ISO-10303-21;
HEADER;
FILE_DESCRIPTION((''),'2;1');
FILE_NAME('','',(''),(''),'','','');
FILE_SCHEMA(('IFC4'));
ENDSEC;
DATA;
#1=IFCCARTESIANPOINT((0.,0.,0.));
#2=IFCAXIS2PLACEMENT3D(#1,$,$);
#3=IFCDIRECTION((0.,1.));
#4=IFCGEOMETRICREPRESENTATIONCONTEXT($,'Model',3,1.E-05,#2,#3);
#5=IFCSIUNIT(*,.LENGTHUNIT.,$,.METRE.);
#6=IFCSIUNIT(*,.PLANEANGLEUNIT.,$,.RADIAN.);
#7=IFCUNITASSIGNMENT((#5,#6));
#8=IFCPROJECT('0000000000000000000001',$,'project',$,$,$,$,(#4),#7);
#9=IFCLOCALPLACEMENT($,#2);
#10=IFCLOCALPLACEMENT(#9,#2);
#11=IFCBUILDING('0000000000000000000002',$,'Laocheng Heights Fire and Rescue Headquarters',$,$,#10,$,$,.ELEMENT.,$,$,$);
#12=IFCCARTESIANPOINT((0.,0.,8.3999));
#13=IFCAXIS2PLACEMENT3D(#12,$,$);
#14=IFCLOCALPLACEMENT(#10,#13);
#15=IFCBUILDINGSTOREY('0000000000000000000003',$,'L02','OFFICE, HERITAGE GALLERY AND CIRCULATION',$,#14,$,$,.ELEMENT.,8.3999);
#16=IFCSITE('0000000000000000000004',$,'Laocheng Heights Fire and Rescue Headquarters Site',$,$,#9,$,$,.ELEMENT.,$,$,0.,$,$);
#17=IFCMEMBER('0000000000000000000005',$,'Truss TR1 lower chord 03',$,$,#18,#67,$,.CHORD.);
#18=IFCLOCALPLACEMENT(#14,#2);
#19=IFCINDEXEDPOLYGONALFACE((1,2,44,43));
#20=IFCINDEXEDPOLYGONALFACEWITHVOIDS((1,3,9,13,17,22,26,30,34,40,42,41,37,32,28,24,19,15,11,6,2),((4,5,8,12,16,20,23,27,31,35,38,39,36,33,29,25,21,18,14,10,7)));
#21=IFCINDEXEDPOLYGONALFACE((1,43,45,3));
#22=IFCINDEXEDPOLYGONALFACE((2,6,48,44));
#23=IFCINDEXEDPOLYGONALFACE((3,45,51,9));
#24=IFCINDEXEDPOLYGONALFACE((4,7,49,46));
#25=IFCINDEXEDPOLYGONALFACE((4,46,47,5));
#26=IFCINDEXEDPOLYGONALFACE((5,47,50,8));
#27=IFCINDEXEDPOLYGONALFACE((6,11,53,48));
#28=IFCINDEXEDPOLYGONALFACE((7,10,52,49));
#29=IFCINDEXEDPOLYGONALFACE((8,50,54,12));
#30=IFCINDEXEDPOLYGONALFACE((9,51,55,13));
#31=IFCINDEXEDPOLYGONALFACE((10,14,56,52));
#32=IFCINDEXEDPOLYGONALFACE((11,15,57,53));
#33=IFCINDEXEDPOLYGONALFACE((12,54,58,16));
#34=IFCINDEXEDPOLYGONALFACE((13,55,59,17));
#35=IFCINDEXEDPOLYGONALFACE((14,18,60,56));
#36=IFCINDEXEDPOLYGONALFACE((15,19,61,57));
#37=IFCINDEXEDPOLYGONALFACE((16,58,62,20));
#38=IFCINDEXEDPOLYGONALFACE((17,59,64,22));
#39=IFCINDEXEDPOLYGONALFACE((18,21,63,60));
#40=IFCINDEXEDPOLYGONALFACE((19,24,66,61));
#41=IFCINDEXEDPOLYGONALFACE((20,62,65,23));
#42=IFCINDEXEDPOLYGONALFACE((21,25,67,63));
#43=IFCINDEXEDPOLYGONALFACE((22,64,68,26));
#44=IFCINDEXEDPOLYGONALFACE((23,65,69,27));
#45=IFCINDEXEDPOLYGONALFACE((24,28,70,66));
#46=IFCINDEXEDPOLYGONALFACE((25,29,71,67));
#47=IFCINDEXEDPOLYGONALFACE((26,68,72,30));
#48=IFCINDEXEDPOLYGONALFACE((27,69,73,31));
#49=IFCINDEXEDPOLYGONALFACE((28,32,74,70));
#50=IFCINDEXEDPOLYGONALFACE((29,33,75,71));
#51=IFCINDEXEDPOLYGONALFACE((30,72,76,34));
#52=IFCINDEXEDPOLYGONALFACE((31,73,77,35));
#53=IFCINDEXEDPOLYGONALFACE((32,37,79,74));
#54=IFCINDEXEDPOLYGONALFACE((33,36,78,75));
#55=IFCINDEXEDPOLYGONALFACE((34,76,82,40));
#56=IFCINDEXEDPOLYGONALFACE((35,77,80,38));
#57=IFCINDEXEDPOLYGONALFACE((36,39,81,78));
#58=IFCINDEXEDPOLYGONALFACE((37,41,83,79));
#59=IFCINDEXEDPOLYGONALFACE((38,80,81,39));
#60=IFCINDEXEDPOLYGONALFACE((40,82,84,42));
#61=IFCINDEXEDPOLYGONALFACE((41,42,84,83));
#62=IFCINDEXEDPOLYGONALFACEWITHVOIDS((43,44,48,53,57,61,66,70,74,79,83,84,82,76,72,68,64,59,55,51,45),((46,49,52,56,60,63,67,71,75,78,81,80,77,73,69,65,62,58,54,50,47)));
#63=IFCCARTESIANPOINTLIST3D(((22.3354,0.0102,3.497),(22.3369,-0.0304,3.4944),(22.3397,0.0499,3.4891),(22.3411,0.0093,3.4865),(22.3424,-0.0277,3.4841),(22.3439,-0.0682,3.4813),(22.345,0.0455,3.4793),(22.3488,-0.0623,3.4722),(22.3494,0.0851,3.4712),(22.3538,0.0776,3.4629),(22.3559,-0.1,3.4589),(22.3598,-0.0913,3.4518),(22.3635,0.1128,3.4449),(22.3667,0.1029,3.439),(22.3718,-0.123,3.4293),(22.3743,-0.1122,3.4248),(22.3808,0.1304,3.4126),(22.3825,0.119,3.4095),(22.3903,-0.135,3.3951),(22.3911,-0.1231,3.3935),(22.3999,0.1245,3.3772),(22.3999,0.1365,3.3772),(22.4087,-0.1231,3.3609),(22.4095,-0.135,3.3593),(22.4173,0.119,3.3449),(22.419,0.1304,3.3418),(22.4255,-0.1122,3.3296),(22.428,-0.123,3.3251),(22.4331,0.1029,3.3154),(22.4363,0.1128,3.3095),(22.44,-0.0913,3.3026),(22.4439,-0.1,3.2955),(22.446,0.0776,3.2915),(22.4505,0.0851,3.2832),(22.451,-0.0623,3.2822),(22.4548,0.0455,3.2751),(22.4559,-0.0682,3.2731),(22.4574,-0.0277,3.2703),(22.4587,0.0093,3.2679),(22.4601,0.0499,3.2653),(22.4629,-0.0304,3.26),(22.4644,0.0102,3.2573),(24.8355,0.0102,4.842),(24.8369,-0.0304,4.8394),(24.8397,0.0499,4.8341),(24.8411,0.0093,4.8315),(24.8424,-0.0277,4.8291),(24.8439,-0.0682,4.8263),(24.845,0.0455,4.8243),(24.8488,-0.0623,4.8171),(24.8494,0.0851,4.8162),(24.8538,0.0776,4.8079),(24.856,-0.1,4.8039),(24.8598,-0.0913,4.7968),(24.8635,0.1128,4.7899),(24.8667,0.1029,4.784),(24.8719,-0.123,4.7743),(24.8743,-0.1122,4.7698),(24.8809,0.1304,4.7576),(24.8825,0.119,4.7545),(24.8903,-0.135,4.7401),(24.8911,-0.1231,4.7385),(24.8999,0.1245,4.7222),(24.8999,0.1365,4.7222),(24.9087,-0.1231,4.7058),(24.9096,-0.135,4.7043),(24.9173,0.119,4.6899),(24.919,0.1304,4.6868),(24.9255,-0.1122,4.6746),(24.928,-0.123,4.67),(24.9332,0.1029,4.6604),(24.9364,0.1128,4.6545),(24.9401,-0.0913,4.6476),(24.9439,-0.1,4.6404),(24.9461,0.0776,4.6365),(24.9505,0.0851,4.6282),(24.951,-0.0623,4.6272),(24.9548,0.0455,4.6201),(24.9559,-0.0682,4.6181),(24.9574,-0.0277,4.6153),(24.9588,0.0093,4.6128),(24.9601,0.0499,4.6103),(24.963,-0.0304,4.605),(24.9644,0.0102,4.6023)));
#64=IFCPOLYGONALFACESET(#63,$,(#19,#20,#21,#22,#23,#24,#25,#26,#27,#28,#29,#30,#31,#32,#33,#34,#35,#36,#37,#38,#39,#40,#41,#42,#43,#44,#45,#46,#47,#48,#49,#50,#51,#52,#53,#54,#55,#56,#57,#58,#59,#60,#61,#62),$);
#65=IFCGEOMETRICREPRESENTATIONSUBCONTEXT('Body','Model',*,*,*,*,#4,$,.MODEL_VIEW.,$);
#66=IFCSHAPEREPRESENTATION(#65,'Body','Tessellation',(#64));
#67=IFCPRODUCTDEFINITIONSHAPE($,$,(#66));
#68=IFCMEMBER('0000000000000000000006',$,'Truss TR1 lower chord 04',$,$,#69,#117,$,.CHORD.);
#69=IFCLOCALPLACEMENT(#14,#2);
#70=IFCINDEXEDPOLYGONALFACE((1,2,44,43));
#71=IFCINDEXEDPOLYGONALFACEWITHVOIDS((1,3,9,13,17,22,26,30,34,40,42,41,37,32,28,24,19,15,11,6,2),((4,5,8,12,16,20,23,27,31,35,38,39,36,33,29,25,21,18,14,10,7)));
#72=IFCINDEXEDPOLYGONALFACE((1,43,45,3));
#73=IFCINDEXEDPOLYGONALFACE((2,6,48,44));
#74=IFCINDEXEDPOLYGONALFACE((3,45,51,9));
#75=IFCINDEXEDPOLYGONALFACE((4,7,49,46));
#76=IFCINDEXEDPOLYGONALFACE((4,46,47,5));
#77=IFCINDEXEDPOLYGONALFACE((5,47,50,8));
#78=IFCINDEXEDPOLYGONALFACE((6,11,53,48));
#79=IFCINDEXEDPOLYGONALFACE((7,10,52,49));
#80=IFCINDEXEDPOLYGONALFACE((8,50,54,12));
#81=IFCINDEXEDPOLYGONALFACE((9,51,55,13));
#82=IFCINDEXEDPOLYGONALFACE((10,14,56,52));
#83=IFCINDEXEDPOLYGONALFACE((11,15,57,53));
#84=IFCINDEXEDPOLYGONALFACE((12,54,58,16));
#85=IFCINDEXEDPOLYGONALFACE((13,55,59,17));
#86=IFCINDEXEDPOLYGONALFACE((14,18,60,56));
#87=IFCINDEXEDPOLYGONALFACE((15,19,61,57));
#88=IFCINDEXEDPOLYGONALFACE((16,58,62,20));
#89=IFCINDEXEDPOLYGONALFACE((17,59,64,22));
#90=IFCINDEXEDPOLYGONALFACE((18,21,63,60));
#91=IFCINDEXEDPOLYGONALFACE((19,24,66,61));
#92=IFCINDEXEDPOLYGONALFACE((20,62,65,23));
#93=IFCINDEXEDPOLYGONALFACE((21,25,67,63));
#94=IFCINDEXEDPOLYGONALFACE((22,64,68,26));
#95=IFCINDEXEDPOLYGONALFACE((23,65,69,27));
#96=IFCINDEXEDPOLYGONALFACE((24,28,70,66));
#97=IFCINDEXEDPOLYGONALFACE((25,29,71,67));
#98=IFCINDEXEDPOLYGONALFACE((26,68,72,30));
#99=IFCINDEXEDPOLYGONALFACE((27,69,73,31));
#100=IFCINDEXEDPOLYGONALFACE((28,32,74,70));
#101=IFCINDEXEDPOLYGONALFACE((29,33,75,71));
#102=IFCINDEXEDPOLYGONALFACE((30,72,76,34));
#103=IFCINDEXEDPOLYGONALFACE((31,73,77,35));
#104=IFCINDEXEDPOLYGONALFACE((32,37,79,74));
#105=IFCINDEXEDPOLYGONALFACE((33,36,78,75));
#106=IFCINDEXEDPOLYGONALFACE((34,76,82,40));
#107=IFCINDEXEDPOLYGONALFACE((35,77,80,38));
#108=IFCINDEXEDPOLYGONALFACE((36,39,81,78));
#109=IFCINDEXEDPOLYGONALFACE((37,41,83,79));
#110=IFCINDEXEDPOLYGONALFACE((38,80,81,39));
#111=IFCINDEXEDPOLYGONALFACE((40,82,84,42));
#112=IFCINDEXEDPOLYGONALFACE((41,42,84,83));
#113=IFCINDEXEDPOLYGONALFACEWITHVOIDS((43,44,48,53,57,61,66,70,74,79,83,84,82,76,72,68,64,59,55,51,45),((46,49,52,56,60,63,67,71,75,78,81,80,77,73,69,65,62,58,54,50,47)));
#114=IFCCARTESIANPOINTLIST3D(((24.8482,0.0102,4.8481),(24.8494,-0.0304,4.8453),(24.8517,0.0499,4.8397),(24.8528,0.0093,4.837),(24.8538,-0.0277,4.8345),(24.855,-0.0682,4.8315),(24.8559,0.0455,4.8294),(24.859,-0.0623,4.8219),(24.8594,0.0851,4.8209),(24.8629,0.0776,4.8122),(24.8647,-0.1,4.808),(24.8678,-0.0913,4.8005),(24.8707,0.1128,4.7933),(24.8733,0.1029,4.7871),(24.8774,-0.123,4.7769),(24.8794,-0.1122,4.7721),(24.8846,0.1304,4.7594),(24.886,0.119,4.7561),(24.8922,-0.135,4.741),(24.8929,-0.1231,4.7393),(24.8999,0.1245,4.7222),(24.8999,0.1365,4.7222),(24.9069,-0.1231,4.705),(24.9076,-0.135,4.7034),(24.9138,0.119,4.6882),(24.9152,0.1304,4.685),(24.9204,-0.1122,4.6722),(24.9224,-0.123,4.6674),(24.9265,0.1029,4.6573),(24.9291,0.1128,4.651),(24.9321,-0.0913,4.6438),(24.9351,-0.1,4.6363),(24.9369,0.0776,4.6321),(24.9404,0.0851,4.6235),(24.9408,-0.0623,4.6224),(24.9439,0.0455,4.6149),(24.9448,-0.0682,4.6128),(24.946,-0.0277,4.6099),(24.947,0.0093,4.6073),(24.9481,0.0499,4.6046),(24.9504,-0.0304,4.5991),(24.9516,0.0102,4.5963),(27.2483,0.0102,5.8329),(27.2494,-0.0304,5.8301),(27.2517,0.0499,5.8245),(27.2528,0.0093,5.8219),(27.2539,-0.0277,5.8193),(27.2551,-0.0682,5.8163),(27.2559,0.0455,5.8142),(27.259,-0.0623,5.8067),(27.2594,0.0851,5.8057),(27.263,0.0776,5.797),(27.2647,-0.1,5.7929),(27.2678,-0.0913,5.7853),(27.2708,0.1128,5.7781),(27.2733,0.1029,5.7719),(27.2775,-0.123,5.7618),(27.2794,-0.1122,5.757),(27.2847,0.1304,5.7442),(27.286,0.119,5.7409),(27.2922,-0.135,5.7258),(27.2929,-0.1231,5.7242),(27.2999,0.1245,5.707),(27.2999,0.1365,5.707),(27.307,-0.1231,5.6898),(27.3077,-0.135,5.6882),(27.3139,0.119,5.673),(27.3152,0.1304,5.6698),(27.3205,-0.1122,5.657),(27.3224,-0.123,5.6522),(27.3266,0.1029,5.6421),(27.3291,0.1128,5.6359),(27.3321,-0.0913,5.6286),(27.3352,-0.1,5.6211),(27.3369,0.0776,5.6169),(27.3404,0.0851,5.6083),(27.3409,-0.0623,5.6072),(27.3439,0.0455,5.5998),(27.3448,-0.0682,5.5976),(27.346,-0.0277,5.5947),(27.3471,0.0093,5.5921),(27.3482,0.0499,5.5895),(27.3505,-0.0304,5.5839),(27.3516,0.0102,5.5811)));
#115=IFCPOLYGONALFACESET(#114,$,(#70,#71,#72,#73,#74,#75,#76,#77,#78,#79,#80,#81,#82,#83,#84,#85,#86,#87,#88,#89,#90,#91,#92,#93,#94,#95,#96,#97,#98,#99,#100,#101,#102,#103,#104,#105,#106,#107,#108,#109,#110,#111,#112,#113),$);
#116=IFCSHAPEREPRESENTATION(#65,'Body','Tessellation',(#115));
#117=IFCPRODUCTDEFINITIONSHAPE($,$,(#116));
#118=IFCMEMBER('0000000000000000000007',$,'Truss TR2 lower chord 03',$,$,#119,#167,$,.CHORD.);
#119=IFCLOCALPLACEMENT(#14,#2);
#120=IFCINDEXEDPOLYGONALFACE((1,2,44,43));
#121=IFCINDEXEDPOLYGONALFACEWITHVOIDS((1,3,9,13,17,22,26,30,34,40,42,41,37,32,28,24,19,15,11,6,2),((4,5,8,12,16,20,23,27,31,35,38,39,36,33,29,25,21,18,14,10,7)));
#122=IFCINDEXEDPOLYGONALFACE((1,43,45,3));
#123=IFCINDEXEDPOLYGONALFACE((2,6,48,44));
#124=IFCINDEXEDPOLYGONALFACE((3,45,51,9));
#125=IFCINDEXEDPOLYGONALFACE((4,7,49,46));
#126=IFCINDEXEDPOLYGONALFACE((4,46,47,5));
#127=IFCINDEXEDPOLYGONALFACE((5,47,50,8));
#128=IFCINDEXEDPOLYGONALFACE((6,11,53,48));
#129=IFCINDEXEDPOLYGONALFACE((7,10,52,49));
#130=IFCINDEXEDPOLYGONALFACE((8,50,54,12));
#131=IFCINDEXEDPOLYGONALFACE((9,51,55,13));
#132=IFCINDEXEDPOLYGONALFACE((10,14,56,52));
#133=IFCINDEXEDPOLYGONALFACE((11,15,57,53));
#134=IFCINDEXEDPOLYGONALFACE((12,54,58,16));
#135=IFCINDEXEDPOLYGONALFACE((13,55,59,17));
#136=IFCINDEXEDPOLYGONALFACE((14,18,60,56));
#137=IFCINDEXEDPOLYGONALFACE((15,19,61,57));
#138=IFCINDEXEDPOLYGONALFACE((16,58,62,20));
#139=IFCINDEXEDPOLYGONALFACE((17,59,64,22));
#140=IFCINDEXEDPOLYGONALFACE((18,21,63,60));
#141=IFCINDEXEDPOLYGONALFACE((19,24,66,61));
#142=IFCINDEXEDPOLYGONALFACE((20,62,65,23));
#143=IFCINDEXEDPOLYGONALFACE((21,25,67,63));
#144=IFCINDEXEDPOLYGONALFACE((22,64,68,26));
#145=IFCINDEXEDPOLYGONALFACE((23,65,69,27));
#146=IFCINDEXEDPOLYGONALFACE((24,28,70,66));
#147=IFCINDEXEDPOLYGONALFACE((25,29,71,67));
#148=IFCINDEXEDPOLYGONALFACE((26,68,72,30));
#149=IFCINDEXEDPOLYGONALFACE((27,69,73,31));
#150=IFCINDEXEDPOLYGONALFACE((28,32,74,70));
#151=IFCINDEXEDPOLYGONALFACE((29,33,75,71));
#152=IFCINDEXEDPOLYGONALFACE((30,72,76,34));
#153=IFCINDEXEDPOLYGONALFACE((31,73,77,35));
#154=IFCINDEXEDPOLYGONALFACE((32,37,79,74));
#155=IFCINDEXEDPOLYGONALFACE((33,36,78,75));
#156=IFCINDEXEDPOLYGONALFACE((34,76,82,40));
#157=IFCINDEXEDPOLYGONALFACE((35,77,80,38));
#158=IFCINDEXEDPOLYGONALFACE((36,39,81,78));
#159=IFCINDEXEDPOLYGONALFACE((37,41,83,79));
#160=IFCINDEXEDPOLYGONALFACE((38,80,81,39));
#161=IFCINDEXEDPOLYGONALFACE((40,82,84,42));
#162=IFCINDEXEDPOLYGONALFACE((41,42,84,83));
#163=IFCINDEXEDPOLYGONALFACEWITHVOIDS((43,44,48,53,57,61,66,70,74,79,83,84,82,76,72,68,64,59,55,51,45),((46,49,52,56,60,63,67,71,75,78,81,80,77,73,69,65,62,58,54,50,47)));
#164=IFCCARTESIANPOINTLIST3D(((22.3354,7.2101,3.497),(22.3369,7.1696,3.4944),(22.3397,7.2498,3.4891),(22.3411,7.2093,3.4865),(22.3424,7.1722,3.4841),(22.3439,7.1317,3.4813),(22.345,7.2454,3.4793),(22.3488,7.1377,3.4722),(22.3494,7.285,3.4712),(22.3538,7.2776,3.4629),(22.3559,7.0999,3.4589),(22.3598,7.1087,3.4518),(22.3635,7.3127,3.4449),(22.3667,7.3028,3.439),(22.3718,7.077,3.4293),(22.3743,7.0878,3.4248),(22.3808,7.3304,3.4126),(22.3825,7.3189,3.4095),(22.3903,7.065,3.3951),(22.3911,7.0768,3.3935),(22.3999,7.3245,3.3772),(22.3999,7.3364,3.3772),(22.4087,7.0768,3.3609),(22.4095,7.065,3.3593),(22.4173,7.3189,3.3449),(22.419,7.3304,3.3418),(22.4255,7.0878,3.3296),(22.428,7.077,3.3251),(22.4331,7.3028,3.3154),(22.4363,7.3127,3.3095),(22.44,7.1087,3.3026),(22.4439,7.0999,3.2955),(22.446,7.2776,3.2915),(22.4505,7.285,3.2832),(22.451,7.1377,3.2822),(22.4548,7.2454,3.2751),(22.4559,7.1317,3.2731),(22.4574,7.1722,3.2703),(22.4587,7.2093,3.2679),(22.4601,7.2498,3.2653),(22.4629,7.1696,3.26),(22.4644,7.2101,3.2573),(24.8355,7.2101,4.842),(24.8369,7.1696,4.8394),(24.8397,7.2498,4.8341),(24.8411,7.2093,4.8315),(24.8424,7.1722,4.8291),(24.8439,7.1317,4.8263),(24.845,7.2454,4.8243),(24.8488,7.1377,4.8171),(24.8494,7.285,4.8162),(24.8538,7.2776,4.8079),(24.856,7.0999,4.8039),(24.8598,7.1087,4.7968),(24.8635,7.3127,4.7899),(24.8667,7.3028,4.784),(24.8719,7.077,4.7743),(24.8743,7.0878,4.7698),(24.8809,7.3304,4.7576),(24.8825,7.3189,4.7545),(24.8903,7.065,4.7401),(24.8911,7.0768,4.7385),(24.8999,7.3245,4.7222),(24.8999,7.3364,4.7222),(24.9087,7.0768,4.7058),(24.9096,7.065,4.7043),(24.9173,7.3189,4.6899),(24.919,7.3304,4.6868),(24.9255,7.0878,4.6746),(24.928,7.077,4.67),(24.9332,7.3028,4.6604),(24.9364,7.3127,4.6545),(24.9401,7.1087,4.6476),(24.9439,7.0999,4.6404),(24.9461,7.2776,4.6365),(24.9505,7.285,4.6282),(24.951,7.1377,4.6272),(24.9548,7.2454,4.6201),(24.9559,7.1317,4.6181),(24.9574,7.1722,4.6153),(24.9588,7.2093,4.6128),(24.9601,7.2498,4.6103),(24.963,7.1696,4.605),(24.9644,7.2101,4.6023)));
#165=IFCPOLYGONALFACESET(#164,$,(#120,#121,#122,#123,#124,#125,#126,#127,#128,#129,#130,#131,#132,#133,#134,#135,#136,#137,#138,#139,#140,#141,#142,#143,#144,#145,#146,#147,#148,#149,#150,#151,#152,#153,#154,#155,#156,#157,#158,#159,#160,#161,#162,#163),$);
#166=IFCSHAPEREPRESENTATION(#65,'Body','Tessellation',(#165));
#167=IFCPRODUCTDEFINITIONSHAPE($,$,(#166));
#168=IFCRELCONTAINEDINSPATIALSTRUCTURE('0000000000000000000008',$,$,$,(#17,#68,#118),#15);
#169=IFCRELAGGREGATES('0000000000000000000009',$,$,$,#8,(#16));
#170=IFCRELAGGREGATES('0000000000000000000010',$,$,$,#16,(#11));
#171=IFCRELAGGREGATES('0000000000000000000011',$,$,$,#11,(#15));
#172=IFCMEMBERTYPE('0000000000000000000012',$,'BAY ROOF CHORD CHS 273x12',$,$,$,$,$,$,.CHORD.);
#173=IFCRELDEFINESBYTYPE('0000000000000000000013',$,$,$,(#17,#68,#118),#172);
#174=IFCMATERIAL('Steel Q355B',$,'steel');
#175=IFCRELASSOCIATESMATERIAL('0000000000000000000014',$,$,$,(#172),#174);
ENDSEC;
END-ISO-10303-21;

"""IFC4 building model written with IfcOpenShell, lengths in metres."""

from ifc_helpers import new_model, si_unit, direction, frame, origin, origin_2d, place, context, subcontext, project, spatial, hollow_circle, extrude, material, material_profile, profile_set, type_object, element, save


model = new_model("IFC4")

# Units and contexts
model_context = context("Model", 3, precision=1e-05, world=origin(), true_north=direction((0.0, 1.0)))
body_context = subcontext(model_context, "Body", "Model", "MODEL_VIEW")
ifc_project = project(units=[si_unit("LENGTHUNIT", "METRE"), si_unit("PLANEANGLEUNIT", "RADIAN")], contexts=[model_context])

# Site, building, storey
site_placement = place(None, origin())
site = spatial("IfcSite", under=ifc_project, at=site_placement, Name="Laocheng Heights Fire and Rescue Headquarters Site", CompositionType="ELEMENT", RefElevation=0.0)
building_placement = place(site_placement, origin())
building = spatial("IfcBuilding", under=site, at=building_placement, Name="Laocheng Heights Fire and Rescue Headquarters", CompositionType="ELEMENT")
storey_placement = place(building_placement, frame((0.0, 0.0, 8.3999)))
storey = spatial("IfcBuildingStorey", under=building, at=storey_placement, Name="L02", Description="OFFICE, HERITAGE GALLERY AND CIRCULATION", CompositionType="ELEMENT", Elevation=8.3999)

# Members
ifc_material_1 = material(Name="Steel Q355B", Category="steel")
ifc_material_profile_1 = material_profile(ifc_material_1, hollow_circle(Radius=0.1365, WallThickness=0.012, at=origin_2d()), Name="CHS 273x12")
ifc_profile_set_1 = profile_set([ifc_material_profile_1], Name="Steel Q355B")
member_type_1 = type_object("IfcMemberType", Name="BAY ROOF CHORD CHS 273x12", PredefinedType="CHORD", material=ifc_profile_set_1)
member_1_placement = place(storey_placement, frame((22.3999, 0.0, 3.3772), z_axis=(0.880645, 0.0, 0.473777), x_axis=(0.0, 1.0, 0.0)))
element("IfcMember", 1, at=member_1_placement, inside=storey, type_object=member_type_1, Name="Truss TR1 lower chord 03", PredefinedType="CHORD", context=body_context, shape_type="SweptSolid", body=[
    extrude(hollow_circle(Radius=0.1365, WallThickness=0.012, at=origin_2d()), origin(), (0.0, 0.0, 1.0), 2.8389),
])
member_2_placement = place(storey_placement, frame((24.8999, 0.0, 4.7222), z_axis=(0.925143, 0.0, 0.379618), x_axis=(0.0, 1.0, 0.0)))
element("IfcMember", 2, at=member_2_placement, inside=storey, type_object=member_type_1, Name="Truss TR1 lower chord 04", PredefinedType="CHORD", context=body_context, shape_type="SweptSolid", body=[
    extrude(hollow_circle(Radius=0.1365, WallThickness=0.012, at=origin_2d()), origin(), (0.0, 0.0, 1.0), 2.5942),
])
member_3_placement = place(storey_placement, frame((22.3999, 7.2, 3.3772), z_axis=(0.880645, 0.0, 0.473777), x_axis=(0.0, 1.0, 0.0)))
element("IfcMember", 3, at=member_3_placement, inside=storey, type_object=member_type_1, Name="Truss TR2 lower chord 03", PredefinedType="CHORD", context=body_context, shape_type="SweptSolid", body=[
    extrude(hollow_circle(Radius=0.1365, WallThickness=0.012, at=origin_2d()), origin(), (0.0, 0.0, 1.0), 2.8389),
])

save(model, "model.ifc")
